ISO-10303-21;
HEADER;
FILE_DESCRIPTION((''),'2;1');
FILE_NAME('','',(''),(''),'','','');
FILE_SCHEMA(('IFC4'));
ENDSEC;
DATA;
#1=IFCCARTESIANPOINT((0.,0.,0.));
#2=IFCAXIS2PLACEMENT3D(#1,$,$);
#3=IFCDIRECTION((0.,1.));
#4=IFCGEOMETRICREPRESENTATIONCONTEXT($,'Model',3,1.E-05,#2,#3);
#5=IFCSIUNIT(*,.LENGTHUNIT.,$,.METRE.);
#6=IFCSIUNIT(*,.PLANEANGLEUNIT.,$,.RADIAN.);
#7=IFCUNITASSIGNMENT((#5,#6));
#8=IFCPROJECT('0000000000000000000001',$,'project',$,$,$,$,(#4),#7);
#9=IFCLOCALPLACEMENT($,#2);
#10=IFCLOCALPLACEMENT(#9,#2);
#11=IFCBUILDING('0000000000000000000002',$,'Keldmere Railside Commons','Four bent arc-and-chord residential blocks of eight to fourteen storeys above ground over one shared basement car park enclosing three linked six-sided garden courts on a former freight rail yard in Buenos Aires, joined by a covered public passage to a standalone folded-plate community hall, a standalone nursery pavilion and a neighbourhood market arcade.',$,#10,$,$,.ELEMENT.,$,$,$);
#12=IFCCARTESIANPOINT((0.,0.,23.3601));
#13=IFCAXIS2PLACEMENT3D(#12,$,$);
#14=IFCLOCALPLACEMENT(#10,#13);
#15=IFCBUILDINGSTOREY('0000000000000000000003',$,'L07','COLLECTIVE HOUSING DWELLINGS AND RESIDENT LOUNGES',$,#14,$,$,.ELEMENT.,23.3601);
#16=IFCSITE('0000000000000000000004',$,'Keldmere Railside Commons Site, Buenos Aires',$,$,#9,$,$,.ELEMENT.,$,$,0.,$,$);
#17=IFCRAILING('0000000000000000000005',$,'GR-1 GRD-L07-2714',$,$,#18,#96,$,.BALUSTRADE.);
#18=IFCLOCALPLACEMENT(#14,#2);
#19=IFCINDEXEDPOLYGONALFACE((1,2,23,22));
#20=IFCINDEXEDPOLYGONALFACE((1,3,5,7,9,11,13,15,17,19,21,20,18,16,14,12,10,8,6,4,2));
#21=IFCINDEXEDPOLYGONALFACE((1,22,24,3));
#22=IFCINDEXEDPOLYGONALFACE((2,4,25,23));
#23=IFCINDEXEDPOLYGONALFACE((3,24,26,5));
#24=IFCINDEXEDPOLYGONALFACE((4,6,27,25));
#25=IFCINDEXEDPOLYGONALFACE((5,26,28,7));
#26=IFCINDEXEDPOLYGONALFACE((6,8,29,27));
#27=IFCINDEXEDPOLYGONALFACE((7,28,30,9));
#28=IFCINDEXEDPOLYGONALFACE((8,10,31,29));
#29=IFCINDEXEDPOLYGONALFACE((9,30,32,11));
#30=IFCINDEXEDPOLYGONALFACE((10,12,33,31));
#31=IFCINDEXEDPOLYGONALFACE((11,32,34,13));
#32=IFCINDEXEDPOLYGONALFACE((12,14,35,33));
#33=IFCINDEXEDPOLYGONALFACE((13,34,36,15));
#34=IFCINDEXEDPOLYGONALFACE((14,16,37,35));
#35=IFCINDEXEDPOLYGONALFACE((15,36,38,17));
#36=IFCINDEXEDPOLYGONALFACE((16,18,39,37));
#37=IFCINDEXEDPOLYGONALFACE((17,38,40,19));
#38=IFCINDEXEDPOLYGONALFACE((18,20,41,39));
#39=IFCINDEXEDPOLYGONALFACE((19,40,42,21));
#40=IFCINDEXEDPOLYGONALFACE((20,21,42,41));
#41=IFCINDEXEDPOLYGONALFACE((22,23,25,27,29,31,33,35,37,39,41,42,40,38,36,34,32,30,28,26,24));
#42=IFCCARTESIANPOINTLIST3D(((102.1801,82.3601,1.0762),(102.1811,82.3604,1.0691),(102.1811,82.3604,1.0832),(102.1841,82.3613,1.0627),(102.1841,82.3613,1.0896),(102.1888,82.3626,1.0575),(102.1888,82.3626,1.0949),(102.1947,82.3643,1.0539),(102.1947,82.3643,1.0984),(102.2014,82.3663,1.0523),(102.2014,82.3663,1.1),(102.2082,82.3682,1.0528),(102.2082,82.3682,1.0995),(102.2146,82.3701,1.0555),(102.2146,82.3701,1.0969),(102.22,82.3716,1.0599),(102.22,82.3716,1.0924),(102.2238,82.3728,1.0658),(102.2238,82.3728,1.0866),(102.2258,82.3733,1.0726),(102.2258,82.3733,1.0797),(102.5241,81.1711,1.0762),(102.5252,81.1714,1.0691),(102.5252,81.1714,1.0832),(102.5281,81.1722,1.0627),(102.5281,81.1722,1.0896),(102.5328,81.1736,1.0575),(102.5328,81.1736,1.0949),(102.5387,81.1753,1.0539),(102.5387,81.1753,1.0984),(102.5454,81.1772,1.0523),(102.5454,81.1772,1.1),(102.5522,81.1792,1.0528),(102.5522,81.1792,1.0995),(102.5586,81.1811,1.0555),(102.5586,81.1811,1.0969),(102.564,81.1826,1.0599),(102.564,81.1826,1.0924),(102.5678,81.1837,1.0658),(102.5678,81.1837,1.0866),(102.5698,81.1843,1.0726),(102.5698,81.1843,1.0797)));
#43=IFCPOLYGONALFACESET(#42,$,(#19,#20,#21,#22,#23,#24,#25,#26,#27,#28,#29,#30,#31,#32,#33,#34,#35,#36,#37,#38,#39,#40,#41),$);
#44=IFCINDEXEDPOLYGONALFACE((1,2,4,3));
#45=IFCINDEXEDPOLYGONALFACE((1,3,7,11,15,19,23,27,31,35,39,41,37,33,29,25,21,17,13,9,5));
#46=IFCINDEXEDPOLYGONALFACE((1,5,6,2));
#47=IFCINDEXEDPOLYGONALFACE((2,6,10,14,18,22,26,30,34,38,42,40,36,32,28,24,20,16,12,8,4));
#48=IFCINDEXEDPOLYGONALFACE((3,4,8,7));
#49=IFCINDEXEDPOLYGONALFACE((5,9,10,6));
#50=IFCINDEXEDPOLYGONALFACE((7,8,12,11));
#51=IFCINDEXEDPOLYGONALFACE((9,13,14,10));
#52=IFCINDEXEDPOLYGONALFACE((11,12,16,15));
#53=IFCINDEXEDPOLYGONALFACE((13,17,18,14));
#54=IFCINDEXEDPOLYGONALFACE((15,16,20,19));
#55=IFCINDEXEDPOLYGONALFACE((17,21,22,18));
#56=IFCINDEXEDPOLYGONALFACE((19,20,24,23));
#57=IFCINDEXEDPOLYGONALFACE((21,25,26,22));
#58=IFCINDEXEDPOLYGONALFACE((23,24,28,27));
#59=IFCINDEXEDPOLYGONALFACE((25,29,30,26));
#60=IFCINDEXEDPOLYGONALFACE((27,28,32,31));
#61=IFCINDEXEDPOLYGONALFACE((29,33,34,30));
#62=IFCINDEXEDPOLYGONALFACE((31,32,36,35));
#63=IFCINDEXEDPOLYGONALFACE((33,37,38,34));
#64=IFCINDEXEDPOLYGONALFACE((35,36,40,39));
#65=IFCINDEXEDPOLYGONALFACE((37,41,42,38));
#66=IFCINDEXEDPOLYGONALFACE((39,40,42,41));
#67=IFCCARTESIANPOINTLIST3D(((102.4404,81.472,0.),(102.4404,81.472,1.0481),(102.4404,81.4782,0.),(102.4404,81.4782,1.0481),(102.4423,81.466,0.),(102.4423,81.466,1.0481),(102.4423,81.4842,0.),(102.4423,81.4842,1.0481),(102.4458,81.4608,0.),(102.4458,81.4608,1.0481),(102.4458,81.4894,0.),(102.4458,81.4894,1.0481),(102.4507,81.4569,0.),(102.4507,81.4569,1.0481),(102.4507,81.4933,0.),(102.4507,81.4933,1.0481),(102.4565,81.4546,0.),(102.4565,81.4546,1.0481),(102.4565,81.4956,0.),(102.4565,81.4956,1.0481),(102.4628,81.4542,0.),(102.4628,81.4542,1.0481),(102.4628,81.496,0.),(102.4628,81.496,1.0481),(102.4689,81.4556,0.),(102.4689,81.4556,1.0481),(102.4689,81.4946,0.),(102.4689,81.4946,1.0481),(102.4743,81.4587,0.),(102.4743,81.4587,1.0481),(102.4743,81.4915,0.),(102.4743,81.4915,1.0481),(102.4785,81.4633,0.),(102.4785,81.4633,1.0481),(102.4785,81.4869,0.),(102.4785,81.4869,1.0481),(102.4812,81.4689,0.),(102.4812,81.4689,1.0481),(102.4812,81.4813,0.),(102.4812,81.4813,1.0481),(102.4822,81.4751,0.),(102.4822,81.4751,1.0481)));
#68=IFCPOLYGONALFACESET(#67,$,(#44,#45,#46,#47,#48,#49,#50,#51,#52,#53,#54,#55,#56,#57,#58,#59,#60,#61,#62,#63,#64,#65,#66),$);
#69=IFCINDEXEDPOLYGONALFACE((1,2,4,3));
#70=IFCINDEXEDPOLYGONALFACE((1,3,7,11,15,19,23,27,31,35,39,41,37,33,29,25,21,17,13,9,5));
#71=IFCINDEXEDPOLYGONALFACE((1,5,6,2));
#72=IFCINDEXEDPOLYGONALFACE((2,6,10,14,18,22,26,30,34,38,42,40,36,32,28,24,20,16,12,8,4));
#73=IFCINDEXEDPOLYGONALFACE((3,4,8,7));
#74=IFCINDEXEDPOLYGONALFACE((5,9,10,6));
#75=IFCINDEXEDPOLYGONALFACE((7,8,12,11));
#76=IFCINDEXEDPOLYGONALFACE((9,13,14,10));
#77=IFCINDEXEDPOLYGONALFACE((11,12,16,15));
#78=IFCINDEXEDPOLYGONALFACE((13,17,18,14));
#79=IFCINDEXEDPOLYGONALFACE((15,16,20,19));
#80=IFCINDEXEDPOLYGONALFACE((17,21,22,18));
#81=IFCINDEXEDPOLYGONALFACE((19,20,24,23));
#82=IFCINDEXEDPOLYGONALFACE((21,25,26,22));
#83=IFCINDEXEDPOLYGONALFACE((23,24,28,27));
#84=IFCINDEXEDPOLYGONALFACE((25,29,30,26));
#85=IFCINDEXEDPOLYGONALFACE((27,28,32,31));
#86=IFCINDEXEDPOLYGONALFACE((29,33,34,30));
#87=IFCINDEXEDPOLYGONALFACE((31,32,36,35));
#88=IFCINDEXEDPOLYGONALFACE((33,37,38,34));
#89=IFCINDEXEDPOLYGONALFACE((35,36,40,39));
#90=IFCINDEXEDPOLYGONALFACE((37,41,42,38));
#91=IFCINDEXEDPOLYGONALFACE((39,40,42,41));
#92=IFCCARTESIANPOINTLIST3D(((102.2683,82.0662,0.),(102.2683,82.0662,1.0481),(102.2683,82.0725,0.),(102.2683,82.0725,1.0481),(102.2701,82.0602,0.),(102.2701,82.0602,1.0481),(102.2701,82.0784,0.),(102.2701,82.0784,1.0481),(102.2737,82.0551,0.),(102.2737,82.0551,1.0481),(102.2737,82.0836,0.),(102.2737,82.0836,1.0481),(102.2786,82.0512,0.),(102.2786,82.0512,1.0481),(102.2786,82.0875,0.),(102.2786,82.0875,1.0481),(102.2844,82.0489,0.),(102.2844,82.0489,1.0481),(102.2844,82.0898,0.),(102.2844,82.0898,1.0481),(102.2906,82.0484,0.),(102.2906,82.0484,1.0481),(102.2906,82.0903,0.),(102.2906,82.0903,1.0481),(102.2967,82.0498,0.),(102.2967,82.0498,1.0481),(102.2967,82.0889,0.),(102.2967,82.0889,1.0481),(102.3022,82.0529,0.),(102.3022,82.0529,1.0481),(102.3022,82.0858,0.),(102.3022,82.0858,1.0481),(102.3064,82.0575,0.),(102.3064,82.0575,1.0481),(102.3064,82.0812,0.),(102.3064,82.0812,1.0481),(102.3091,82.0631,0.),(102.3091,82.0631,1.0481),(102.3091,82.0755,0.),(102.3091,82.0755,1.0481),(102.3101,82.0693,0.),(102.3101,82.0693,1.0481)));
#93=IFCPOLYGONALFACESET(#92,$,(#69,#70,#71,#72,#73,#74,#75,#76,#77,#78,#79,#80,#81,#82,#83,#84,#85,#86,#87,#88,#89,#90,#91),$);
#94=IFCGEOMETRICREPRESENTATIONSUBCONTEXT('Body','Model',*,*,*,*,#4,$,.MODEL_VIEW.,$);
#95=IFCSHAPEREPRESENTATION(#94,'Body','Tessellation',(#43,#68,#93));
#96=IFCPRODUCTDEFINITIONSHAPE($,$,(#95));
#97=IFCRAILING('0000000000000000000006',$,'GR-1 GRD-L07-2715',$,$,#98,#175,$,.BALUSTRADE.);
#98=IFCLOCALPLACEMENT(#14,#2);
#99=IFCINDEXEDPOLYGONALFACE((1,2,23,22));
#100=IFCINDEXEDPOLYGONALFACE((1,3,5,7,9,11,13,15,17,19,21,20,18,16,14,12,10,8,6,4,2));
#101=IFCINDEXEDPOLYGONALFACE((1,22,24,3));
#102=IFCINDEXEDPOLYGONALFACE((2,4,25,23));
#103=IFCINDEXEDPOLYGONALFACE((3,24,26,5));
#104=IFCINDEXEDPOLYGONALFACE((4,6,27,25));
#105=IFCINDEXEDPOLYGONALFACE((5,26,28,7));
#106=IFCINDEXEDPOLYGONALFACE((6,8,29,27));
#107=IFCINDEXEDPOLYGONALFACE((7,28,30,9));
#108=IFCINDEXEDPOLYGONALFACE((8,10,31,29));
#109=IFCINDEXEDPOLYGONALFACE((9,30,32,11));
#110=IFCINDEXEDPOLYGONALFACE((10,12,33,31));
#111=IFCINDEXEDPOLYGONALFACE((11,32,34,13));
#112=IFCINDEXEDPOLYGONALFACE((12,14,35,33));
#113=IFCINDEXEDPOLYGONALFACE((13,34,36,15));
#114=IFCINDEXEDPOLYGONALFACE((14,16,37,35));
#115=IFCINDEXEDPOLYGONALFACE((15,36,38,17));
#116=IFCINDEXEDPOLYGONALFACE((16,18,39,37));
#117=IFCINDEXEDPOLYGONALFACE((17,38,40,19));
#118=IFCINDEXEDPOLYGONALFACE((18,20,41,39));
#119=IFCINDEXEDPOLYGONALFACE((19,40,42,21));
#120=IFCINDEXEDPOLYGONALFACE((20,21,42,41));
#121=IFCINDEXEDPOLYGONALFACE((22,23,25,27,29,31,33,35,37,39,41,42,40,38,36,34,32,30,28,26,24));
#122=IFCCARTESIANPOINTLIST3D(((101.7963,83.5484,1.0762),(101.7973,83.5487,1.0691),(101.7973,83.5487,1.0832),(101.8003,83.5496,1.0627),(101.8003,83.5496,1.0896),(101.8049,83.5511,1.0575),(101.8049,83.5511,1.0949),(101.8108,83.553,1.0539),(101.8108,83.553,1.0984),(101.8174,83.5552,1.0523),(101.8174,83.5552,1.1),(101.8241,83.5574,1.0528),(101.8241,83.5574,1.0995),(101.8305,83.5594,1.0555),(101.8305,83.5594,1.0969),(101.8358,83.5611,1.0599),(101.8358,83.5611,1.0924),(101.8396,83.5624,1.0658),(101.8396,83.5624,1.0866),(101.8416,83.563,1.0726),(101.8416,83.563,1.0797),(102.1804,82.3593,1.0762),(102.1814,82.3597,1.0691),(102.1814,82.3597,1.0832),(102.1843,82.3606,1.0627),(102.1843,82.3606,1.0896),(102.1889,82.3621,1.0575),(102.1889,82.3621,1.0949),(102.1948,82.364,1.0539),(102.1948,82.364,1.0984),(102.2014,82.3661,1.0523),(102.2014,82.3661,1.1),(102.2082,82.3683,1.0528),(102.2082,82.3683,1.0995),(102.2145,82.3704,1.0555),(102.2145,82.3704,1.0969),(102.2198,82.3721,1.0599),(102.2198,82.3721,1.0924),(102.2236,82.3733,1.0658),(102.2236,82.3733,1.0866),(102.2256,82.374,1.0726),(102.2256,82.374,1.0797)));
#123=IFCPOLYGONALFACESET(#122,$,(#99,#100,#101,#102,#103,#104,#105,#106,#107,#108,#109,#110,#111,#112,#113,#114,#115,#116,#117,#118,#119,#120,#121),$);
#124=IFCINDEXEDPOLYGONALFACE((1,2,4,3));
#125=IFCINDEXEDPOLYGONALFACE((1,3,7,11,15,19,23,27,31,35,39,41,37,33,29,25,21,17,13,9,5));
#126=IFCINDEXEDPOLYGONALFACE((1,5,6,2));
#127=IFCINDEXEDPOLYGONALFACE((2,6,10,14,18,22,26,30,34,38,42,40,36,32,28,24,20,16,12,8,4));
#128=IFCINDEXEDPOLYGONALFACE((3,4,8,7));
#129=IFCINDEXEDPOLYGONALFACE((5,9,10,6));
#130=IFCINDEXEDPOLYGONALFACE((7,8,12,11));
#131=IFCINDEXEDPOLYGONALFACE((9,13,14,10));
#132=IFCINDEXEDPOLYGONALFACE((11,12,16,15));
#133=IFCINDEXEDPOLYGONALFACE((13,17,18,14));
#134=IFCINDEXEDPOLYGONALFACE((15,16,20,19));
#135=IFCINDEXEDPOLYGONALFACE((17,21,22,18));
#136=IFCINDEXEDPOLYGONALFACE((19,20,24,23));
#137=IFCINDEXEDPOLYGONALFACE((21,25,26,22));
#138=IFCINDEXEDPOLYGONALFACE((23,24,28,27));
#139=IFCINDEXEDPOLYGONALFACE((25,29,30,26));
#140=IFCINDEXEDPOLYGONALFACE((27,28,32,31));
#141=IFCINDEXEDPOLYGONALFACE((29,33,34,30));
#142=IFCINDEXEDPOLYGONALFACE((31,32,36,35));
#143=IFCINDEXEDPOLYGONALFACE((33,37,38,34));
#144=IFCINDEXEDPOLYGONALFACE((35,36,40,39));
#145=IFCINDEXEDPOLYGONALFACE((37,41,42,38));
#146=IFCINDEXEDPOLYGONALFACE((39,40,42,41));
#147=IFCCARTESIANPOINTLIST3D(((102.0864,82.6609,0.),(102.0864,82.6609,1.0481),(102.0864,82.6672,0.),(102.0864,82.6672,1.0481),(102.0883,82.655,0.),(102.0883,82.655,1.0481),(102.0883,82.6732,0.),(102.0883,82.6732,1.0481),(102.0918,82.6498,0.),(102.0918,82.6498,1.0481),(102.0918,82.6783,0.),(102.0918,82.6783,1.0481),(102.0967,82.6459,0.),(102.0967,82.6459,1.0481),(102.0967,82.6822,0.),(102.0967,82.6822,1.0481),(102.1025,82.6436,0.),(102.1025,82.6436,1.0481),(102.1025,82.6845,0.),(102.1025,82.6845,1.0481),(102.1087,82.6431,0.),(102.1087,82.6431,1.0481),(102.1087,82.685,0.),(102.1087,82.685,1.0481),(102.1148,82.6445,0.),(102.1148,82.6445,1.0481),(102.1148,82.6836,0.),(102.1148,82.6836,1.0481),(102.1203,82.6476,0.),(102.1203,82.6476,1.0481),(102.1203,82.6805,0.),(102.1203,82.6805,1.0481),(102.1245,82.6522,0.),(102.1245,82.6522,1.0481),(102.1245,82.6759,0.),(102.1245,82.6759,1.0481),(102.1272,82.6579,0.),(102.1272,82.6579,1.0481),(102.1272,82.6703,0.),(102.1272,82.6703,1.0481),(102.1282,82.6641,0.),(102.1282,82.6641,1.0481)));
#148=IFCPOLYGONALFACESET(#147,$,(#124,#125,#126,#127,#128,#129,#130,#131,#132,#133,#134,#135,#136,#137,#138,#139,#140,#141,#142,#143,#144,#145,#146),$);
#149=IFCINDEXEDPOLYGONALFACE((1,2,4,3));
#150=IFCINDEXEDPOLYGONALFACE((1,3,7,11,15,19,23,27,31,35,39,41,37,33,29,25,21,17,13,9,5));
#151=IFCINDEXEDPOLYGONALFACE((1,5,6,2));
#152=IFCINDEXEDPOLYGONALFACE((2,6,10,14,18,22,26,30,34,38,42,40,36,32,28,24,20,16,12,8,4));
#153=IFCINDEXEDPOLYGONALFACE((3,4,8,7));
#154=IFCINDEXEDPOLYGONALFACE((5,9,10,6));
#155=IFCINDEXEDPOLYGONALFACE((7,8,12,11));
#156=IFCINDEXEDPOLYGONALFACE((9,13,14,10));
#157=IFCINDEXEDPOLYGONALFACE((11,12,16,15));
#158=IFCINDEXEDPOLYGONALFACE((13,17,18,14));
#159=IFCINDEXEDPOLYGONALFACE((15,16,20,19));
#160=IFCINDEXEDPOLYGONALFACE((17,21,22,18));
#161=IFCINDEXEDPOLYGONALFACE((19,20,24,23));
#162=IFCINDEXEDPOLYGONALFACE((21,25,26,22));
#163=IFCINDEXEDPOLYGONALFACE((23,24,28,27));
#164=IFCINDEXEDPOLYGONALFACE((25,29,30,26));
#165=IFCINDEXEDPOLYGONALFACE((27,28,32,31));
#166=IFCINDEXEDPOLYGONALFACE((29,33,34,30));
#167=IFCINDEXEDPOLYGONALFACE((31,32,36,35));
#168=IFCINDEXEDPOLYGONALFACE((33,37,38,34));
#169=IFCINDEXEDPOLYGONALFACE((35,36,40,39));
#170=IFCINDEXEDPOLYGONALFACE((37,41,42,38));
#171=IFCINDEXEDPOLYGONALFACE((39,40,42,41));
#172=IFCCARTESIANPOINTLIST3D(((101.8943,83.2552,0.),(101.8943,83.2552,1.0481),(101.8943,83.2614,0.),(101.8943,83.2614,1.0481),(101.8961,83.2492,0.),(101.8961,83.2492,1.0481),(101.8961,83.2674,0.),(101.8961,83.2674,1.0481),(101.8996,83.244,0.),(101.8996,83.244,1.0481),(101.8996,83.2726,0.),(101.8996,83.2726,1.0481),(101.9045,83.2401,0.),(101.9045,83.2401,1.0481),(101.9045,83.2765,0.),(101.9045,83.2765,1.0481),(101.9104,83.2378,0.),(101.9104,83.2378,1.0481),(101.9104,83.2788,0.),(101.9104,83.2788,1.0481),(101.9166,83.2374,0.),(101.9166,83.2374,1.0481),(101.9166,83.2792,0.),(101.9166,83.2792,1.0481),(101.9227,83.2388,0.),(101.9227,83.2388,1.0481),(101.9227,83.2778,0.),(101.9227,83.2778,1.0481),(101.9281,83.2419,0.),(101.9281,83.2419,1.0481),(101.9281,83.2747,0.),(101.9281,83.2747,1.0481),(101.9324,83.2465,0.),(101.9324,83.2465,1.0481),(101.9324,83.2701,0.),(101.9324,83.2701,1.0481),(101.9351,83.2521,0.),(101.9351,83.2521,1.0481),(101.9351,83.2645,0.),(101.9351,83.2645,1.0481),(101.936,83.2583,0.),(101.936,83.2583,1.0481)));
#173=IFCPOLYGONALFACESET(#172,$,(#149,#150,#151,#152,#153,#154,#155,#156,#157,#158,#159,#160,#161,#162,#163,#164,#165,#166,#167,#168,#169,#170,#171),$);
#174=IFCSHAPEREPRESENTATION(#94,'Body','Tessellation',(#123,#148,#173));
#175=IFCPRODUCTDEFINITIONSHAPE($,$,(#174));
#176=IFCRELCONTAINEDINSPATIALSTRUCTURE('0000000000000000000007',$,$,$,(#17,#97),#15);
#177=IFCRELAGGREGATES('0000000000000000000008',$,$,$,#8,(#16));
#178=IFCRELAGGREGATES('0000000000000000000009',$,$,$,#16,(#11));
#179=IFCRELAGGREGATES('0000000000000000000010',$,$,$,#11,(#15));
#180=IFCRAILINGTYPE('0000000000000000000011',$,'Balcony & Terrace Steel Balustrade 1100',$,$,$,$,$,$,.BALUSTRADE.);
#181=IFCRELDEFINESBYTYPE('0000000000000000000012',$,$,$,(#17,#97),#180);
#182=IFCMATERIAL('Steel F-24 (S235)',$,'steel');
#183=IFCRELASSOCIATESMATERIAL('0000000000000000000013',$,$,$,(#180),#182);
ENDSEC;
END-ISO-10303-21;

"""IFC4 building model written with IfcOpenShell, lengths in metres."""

from ifc_helpers import new_model, si_unit, direction, frame, origin, origin_2d, place, context, subcontext, project, spatial, circle, extrude, material, type_object, element, save


model = new_model("IFC4")

# Units and contexts
model_context = context("Model", 3, precision=1e-05, world=origin(), true_north=direction((0.0, 1.0)))
body_context = subcontext(model_context, "Body", "Model", "MODEL_VIEW")
ifc_project = project(units=[si_unit("LENGTHUNIT", "METRE"), si_unit("PLANEANGLEUNIT", "RADIAN")], contexts=[model_context])

# Site, building, storey
site_placement = place(None, origin())
site = spatial("IfcSite", under=ifc_project, at=site_placement, Name="Keldmere Railside Commons Site, Buenos Aires", CompositionType="ELEMENT", RefElevation=0.0)
building_placement = place(site_placement, origin())
building = spatial("IfcBuilding", under=site, at=building_placement, Name="Keldmere Railside Commons", Description="Four bent arc-and-chord residential blocks of eight to fourteen storeys above ground over one shared basement car park enclosing three linked six-sided garden courts on a former freight rail yard in Buenos Aires, joined by a covered public passage to a standalone folded-plate community hall, a standalone nursery pavilion and a neighbourhood market arcade.", CompositionType="ELEMENT")
storey_placement = place(building_placement, frame((0.0, 0.0, 23.3601)))
storey = spatial("IfcBuildingStorey", under=building, at=storey_placement, Name="L07", Description="COLLECTIVE HOUSING DWELLINGS AND RESIDENT LOUNGES", CompositionType="ELEMENT", Elevation=23.3601)

# Shared definitions
ifc_material_1 = material(Name="Steel F-24 (S235)", Category="steel")

# Railings
railing_type = type_object("IfcRailingType", Name="Balcony & Terrace Steel Balustrade 1100", PredefinedType="BALUSTRADE", material=ifc_material_1)
railing_1_placement = place(storey_placement, frame((102.5471, 81.1777, 0.0)))
element("IfcRailing", 1, at=railing_1_placement, inside=storey, type_object=railing_type, Name="GR-1 GRD-L07-2714", PredefinedType="BALUSTRADE", context=body_context, shape_type="SweptSolid", body=[
    extrude(circle(Radius=0.0239, at=origin_2d()), frame((0.0, 0.0, 1.0762), z_axis=(-0.277924, 0.960603, 0.0), x_axis=(-0.960603, -0.277924, 0.0)), (0.0, 0.0, 1.0), 1.2378),
    extrude(circle(Radius=0.021, at=origin_2d()), frame((-0.0859, 0.2974, 0.0)), (0.0, 0.0, 1.0), 1.0481),
    extrude(circle(Radius=0.021, at=origin_2d()), frame((-0.2581, 0.8916, 0.0)), (0.0, 0.0, 1.0), 1.0481),
])
railing_2_placement = place(storey_placement, frame((102.2031, 82.3667, 0.0)))
element("IfcRailing", 2, at=railing_2_placement, inside=storey, type_object=railing_type, Name="GR-1 GRD-L07-2715", PredefinedType="BALUSTRADE", context=body_context, shape_type="SweptSolid", body=[
    extrude(circle(Radius=0.0239, at=origin_2d()), frame((0.0, 0.0, 1.0762), z_axis=(-0.307362, 0.951593, 0.0), x_axis=(-0.951593, -0.307362, 0.0)), (0.0, 0.0, 1.0), 1.2495),
    extrude(circle(Radius=0.021, at=origin_2d()), frame((-0.0959, 0.2974, 0.0)), (0.0, 0.0, 1.0), 1.0481),
    extrude(circle(Radius=0.021, at=origin_2d()), frame((-0.2881, 0.8916, 0.0)), (0.0, 0.0, 1.0), 1.0481),
])

save(model, "model.ifc")
